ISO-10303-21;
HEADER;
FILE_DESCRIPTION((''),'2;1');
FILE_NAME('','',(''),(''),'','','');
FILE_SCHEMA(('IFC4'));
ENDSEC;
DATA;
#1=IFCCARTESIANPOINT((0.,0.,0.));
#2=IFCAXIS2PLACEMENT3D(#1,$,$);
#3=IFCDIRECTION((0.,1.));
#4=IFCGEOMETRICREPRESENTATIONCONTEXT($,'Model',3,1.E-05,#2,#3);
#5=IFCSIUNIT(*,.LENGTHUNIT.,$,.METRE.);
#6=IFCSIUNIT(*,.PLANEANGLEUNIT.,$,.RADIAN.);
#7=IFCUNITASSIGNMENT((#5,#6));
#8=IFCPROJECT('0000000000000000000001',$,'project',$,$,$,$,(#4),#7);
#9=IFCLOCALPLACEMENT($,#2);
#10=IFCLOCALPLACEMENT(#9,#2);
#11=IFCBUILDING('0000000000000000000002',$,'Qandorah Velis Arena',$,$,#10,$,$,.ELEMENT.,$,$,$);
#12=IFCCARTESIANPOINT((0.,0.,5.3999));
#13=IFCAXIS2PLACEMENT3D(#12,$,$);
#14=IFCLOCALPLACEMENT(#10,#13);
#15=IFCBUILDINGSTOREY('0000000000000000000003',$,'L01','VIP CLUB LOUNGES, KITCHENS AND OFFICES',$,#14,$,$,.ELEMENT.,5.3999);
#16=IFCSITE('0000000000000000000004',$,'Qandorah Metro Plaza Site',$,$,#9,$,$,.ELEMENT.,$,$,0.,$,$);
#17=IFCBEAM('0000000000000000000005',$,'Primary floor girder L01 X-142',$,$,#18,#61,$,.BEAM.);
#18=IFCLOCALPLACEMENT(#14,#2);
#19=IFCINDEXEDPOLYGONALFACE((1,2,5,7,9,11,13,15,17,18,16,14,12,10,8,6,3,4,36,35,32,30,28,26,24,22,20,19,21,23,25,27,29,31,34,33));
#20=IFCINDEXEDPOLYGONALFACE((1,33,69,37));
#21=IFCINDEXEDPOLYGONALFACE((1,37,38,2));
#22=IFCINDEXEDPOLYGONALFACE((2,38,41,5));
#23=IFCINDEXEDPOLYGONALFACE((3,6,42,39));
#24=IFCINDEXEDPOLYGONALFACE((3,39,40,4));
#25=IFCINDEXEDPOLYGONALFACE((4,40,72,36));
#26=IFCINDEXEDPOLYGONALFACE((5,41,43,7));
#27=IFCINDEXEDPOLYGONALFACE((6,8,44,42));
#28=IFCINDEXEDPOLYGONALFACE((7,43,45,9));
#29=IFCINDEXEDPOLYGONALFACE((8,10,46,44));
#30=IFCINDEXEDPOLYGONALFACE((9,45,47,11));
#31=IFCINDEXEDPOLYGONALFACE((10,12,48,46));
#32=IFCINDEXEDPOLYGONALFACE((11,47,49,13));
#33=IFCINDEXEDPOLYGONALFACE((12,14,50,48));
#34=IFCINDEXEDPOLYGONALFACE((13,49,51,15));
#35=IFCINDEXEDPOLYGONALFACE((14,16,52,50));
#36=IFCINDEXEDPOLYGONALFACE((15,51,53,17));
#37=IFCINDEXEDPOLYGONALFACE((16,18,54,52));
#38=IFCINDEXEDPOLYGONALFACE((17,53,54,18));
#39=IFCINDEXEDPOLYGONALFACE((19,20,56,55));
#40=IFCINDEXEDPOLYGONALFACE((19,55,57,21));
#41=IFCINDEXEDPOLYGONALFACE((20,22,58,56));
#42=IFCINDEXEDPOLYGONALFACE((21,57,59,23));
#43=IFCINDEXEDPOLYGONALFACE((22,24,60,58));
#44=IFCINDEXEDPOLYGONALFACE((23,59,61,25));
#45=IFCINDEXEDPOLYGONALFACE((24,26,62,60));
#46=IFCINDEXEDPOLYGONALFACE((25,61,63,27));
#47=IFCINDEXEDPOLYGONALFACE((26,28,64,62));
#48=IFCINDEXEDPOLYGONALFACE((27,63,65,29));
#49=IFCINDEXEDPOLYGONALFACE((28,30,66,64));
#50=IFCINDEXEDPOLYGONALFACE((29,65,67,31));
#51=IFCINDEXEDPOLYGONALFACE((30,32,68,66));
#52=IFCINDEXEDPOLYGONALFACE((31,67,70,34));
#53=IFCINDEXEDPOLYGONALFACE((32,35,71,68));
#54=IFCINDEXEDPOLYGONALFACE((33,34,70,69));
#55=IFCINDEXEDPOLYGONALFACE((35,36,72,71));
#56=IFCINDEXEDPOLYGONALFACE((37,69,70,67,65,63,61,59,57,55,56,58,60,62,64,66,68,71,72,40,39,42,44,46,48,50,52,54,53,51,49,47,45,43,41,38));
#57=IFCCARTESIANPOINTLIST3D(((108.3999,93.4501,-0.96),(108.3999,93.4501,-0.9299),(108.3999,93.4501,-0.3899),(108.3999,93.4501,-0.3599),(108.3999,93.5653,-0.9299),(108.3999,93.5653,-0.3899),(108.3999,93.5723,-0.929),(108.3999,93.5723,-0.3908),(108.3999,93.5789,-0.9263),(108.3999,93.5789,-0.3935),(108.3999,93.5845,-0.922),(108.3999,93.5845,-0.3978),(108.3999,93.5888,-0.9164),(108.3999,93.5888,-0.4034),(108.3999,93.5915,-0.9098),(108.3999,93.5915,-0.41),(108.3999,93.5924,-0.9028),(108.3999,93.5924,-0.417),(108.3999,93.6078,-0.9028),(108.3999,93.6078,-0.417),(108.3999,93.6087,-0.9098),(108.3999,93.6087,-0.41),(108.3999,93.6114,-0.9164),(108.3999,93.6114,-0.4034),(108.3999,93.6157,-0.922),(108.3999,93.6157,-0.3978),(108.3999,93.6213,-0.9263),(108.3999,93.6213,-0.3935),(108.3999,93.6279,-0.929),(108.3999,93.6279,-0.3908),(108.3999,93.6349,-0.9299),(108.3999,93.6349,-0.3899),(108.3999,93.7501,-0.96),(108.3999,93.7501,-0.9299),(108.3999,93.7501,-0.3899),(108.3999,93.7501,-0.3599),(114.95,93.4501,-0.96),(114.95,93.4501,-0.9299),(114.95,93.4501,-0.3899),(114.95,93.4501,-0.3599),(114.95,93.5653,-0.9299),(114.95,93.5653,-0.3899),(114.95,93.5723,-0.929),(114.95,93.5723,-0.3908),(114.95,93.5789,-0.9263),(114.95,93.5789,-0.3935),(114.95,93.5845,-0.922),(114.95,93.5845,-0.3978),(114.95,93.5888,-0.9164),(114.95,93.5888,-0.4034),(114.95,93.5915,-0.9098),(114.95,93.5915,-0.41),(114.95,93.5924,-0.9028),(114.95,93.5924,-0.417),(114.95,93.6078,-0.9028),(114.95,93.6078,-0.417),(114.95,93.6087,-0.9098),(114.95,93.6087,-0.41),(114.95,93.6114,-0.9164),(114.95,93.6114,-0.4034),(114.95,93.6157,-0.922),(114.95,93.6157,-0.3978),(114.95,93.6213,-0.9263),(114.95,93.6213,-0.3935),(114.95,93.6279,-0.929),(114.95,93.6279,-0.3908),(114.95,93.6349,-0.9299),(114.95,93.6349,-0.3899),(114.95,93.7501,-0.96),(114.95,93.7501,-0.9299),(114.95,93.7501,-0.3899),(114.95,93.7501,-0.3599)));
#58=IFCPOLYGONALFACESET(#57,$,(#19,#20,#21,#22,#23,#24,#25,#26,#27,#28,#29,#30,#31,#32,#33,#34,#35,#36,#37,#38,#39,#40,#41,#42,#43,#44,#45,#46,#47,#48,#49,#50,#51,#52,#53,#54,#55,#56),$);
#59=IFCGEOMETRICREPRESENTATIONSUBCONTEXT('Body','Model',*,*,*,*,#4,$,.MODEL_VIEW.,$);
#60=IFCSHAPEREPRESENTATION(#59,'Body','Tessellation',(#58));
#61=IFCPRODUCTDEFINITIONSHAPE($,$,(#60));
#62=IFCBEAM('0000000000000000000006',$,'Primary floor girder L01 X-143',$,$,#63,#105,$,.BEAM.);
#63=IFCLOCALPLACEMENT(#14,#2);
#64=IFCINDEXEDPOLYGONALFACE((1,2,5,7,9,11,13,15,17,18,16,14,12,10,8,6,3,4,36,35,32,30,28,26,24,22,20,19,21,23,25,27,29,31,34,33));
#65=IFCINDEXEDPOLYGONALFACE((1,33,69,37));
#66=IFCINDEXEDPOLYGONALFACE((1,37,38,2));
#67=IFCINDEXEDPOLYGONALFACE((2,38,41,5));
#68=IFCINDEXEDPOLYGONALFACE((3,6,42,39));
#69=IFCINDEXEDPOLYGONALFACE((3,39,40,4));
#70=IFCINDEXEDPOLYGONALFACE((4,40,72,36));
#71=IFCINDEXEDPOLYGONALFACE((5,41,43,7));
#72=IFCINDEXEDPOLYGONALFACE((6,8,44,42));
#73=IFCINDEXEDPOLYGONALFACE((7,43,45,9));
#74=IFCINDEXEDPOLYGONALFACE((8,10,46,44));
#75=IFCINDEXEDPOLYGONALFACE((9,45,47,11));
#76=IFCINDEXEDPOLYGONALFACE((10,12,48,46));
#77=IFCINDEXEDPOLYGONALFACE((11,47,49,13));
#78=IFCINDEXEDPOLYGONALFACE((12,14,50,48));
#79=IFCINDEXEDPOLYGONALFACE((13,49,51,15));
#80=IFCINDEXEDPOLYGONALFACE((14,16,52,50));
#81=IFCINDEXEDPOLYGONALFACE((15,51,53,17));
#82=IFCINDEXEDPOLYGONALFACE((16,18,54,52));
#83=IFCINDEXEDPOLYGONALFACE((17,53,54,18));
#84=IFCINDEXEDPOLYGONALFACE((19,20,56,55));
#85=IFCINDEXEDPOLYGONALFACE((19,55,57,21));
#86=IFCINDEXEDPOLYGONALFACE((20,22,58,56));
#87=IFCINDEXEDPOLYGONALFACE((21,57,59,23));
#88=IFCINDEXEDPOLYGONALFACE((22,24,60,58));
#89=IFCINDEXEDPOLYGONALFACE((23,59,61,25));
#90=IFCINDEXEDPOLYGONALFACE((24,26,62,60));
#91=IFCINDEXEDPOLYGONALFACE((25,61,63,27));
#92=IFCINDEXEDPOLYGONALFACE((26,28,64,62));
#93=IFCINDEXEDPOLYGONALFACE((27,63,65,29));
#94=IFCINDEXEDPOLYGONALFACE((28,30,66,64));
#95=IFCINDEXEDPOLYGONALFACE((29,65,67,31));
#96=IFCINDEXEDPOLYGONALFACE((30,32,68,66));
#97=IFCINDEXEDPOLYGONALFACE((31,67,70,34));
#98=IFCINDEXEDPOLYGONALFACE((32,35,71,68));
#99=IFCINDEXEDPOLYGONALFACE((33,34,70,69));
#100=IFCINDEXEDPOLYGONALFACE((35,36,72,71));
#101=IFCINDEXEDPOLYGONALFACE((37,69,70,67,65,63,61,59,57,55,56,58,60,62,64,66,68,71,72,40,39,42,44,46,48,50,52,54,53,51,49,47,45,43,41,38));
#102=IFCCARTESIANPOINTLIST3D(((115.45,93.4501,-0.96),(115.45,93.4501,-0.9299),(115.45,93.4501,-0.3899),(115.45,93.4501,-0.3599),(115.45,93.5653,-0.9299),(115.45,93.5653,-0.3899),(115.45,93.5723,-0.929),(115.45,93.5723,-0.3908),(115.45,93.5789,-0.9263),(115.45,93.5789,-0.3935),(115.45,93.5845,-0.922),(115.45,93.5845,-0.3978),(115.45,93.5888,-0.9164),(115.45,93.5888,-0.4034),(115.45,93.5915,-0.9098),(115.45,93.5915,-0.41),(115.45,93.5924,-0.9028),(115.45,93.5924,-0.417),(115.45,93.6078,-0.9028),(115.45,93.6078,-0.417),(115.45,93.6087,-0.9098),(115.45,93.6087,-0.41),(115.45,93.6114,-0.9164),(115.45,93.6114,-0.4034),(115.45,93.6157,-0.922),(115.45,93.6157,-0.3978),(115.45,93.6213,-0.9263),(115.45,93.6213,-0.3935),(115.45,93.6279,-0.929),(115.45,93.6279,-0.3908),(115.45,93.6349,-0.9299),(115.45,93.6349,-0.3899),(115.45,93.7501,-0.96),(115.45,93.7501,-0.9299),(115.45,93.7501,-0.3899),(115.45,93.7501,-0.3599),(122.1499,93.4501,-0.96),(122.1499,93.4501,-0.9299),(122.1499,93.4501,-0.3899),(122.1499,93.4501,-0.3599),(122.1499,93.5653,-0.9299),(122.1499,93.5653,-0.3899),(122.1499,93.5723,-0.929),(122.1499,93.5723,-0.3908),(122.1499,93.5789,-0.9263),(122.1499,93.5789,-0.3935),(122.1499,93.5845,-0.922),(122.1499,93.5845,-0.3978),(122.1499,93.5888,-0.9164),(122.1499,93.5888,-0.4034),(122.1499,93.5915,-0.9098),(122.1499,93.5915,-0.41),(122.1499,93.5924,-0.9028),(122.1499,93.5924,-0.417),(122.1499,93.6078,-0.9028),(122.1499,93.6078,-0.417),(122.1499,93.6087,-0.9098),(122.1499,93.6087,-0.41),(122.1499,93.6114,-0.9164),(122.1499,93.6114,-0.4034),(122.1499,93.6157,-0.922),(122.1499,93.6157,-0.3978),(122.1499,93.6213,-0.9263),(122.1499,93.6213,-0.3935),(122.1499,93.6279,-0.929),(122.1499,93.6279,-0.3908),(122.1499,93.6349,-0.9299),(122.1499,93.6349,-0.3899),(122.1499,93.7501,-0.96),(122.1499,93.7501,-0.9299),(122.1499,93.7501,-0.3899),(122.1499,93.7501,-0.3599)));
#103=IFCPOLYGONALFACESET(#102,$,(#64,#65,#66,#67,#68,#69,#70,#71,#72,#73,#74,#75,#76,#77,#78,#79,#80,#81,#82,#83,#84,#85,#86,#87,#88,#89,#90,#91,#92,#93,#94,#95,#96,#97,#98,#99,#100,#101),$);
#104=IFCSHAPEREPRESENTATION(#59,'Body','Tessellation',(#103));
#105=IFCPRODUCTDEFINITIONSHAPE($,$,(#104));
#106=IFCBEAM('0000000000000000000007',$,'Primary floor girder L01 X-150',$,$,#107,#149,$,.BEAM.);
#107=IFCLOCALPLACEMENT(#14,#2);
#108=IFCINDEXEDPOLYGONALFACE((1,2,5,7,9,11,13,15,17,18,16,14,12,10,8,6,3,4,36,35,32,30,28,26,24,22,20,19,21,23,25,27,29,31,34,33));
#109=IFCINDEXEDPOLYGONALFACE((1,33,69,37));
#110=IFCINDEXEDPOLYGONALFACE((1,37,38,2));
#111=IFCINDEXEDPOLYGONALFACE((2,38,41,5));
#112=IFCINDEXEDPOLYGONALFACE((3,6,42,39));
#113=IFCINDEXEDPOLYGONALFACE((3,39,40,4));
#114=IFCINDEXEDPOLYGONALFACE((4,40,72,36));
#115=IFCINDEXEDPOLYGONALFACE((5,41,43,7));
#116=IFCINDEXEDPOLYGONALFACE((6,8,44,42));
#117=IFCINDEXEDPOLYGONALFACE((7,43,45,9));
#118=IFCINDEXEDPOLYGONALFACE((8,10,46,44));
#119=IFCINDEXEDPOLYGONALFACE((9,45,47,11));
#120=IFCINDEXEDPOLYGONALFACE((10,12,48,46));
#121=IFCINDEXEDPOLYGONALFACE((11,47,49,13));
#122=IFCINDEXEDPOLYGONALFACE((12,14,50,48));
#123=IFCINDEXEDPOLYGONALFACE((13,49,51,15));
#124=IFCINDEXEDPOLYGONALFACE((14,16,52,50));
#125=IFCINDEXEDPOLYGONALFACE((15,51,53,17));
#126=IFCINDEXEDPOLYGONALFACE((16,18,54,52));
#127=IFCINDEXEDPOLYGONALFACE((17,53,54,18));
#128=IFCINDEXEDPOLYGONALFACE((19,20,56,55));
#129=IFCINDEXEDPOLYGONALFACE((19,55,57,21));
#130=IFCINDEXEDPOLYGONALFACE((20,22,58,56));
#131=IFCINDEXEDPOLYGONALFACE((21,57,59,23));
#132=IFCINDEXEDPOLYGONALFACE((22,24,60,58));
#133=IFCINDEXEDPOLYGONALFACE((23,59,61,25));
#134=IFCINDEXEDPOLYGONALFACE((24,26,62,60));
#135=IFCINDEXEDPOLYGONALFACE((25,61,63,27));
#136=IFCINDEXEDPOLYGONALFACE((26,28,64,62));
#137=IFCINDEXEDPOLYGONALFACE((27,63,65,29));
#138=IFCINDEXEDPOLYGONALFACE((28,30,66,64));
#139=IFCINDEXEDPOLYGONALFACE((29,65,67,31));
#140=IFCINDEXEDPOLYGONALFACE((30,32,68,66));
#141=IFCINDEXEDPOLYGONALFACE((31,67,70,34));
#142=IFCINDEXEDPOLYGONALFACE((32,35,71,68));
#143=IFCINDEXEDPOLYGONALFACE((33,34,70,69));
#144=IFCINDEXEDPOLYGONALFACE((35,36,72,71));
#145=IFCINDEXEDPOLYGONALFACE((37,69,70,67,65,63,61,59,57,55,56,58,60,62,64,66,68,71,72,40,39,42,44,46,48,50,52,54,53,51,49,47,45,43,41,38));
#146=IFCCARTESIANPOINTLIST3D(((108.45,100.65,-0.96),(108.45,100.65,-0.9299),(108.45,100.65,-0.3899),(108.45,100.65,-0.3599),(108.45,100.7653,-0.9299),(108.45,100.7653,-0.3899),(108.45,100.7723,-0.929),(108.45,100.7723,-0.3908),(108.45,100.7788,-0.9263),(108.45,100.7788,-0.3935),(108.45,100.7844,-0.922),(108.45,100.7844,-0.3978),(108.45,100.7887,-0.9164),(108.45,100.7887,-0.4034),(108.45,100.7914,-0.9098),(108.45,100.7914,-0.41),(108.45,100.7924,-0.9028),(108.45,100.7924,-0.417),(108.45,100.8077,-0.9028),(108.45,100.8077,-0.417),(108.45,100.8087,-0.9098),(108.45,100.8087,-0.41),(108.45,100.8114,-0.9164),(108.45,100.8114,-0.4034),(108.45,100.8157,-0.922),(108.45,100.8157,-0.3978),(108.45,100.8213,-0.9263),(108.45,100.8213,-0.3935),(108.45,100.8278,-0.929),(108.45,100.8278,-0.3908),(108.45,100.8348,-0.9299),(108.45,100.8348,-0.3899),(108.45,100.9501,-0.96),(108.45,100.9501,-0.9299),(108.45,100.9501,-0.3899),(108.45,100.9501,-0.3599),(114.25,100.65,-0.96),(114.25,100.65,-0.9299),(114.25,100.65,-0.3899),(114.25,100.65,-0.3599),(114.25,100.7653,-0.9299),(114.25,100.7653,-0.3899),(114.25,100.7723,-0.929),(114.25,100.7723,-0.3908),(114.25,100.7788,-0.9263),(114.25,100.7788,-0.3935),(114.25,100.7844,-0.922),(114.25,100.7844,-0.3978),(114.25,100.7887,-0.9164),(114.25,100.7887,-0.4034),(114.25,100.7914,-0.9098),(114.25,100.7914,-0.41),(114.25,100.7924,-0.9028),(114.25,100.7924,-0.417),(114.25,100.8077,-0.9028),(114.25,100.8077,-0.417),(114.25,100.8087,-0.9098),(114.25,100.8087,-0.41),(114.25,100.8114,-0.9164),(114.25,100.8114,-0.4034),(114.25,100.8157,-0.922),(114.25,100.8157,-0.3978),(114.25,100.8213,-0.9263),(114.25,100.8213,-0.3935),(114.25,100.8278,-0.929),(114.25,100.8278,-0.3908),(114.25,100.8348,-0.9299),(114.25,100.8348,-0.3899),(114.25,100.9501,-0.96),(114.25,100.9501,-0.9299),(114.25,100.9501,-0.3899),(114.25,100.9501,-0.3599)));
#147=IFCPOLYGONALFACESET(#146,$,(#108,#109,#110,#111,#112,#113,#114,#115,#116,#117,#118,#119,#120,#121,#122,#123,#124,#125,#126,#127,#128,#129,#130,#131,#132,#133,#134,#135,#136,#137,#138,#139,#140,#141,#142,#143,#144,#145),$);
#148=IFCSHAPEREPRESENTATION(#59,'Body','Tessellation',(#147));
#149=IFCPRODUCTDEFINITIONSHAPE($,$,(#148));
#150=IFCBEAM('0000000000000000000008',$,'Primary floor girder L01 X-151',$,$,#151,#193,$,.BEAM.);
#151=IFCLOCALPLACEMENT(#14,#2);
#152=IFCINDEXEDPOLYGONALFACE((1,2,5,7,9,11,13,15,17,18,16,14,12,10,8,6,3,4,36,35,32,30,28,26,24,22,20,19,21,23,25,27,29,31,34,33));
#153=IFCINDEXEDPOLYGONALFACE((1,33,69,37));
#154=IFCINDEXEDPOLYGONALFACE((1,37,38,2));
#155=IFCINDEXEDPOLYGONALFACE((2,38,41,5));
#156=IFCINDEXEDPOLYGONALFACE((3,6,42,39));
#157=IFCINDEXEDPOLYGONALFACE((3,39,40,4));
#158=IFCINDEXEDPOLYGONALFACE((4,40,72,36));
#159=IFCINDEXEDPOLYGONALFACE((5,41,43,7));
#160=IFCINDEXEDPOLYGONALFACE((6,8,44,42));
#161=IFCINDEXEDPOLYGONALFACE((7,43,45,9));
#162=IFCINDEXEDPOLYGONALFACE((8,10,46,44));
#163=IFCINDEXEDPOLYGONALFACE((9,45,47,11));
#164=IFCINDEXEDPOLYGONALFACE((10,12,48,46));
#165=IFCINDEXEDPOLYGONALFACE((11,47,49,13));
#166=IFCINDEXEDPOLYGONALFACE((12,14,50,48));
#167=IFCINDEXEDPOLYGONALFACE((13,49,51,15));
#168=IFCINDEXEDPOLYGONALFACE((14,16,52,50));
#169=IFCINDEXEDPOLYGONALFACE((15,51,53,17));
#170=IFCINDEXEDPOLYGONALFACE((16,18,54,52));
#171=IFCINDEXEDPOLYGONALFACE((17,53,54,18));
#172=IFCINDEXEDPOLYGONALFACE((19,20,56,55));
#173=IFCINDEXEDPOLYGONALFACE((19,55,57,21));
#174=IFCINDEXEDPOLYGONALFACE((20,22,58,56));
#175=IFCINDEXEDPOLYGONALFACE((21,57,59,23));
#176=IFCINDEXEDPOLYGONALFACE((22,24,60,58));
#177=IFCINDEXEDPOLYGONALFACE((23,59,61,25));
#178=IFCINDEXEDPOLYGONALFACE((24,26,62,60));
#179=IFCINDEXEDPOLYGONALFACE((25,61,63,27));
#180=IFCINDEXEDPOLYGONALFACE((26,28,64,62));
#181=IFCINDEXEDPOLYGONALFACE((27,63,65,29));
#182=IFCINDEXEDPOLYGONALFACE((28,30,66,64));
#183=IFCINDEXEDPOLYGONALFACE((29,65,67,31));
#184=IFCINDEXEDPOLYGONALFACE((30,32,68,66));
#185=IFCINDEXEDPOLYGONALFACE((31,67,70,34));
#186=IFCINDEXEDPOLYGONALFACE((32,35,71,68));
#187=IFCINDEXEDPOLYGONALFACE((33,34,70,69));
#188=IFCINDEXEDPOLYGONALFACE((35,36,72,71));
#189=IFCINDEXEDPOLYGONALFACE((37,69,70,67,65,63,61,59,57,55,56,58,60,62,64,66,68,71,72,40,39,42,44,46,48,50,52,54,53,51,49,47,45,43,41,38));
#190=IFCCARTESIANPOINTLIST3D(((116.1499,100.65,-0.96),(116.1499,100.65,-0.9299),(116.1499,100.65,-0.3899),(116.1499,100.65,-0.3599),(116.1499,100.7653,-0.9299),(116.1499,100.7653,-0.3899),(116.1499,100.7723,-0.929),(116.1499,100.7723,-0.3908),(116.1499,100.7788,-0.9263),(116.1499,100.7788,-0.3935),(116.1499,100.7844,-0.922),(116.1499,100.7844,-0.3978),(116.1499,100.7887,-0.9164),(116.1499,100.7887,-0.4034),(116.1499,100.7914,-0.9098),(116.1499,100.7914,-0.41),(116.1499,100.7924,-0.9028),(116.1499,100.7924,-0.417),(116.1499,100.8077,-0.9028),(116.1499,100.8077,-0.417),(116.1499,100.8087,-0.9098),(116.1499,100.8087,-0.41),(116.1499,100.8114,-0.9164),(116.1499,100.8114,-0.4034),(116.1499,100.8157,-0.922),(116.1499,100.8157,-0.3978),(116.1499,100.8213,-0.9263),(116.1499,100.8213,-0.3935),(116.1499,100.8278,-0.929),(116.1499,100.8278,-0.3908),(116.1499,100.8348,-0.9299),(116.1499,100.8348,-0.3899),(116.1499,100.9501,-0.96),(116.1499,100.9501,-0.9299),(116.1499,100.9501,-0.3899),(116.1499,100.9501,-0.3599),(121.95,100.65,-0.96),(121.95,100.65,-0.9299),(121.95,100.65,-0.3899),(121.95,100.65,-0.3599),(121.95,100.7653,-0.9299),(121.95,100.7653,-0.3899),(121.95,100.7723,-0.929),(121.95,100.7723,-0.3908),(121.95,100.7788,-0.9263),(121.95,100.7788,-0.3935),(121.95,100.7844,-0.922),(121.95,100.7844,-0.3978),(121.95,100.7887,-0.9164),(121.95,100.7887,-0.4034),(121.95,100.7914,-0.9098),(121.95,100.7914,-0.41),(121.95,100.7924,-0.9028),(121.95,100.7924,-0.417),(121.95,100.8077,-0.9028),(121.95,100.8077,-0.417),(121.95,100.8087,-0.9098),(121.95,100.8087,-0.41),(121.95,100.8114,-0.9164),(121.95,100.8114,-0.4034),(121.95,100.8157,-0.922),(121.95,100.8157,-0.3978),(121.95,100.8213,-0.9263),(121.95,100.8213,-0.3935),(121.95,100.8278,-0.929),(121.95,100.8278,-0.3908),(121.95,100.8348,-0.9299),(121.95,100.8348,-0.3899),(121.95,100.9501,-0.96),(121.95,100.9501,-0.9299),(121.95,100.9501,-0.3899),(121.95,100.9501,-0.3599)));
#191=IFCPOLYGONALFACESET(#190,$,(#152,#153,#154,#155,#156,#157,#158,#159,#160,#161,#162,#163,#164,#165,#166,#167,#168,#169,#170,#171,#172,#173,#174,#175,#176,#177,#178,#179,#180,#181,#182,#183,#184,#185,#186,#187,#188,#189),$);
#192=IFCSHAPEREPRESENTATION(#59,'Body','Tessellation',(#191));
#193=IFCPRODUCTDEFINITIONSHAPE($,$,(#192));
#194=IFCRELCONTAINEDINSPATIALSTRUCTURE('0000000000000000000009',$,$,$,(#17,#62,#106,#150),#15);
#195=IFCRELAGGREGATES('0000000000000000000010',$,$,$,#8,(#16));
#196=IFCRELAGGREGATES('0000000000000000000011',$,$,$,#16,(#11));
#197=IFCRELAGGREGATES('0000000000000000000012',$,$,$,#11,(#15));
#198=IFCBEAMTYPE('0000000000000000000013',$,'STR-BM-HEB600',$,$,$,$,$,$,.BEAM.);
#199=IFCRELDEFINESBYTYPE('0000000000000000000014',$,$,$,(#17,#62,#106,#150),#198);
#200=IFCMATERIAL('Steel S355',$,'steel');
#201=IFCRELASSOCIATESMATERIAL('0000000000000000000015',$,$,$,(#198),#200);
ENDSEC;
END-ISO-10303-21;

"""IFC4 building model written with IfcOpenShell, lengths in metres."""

from ifc_helpers import new_model, si_unit, direction, frame, origin, origin_2d, place, context, subcontext, project, spatial, i_section, extrude, material, material_profile, profile_set, type_object, element, save


model = new_model("IFC4")

# Units and contexts
model_context = context("Model", 3, precision=1e-05, world=origin(), true_north=direction((0.0, 1.0)))
body_context = subcontext(model_context, "Body", "Model", "MODEL_VIEW")
ifc_project = project(units=[si_unit("LENGTHUNIT", "METRE"), si_unit("PLANEANGLEUNIT", "RADIAN")], contexts=[model_context])

# Site, building, storey
site_placement = place(None, origin())
site = spatial("IfcSite", under=ifc_project, at=site_placement, Name="Qandorah Metro Plaza Site", CompositionType="ELEMENT", RefElevation=0.0)
building_placement = place(site_placement, origin())
building = spatial("IfcBuilding", under=site, at=building_placement, Name="Qandorah Velis Arena", CompositionType="ELEMENT")
storey_placement = place(building_placement, frame((0.0, 0.0, 5.3999)))
storey = spatial("IfcBuildingStorey", under=building, at=storey_placement, Name="L01", Description="VIP CLUB LOUNGES, KITCHENS AND OFFICES", CompositionType="ELEMENT", Elevation=5.3999)

# Beams
ifc_material_1 = material(Name="Steel S355", Category="steel")
ifc_material_profile_1 = material_profile(ifc_material_1, i_section(OverallWidth=0.3, OverallDepth=0.6001, WebThickness=0.0154, FlangeThickness=0.03, FilletRadius=0.0271, at=origin_2d()), Name="HEB 600")
ifc_profile_set_1 = profile_set([ifc_material_profile_1], Name="Steel S355")
beam_type_1 = type_object("IfcBeamType", Name="STR-BM-HEB600", PredefinedType="BEAM", material=ifc_profile_set_1)
beam_1_placement = place(storey_placement, frame((108.3999, 93.6001, -0.6599), z_axis=(1.0, 0.0, 0.0), x_axis=(0.0, 1.0, 0.0)))
element("IfcBeam", 1, at=beam_1_placement, inside=storey, type_object=beam_type_1, Name="Primary floor girder L01 X-142", PredefinedType="BEAM", context=body_context, shape_type="SweptSolid", body=[
    extrude(i_section(OverallWidth=0.3, OverallDepth=0.6001, WebThickness=0.0154, FlangeThickness=0.03, FilletRadius=0.0271, at=origin_2d()), origin(), (0.0, 0.0, 1.0), 6.55),
])
beam_2_placement = place(storey_placement, frame((115.45, 93.6001, -0.6599), z_axis=(1.0, 0.0, 0.0), x_axis=(0.0, 1.0, 0.0)))
element("IfcBeam", 2, at=beam_2_placement, inside=storey, type_object=beam_type_1, Name="Primary floor girder L01 X-143", PredefinedType="BEAM", context=body_context, shape_type="SweptSolid", body=[
    extrude(i_section(OverallWidth=0.3, OverallDepth=0.6001, WebThickness=0.0154, FlangeThickness=0.03, FilletRadius=0.0271, at=origin_2d()), origin(), (0.0, 0.0, 1.0), 6.7),
])
for number, where, z_axis, x_axis, name in (
    (3, (108.45, 100.8, -0.6599), (1.0, 0.0, 0.0), (0.0, 1.0, 0.0), "Primary floor girder L01 X-150"),
    (4, (116.1499, 100.8, -0.6599), (1.0, 0.0, 0.0), (0.0, 1.0, 0.0), "Primary floor girder L01 X-151"),
):
    element("IfcBeam", number, at=place(storey_placement, frame(where, z_axis=z_axis, x_axis=x_axis)), inside=storey, type_object=beam_type_1, Name=name, PredefinedType="BEAM", context=body_context, shape_type="SweptSolid", body=[
        extrude(i_section(OverallWidth=0.3, OverallDepth=0.6001, WebThickness=0.0154, FlangeThickness=0.03, FilletRadius=0.0271, at=origin_2d()), origin(), (0.0, 0.0, 1.0), 5.8),
    ])

save(model, "model.ifc")
